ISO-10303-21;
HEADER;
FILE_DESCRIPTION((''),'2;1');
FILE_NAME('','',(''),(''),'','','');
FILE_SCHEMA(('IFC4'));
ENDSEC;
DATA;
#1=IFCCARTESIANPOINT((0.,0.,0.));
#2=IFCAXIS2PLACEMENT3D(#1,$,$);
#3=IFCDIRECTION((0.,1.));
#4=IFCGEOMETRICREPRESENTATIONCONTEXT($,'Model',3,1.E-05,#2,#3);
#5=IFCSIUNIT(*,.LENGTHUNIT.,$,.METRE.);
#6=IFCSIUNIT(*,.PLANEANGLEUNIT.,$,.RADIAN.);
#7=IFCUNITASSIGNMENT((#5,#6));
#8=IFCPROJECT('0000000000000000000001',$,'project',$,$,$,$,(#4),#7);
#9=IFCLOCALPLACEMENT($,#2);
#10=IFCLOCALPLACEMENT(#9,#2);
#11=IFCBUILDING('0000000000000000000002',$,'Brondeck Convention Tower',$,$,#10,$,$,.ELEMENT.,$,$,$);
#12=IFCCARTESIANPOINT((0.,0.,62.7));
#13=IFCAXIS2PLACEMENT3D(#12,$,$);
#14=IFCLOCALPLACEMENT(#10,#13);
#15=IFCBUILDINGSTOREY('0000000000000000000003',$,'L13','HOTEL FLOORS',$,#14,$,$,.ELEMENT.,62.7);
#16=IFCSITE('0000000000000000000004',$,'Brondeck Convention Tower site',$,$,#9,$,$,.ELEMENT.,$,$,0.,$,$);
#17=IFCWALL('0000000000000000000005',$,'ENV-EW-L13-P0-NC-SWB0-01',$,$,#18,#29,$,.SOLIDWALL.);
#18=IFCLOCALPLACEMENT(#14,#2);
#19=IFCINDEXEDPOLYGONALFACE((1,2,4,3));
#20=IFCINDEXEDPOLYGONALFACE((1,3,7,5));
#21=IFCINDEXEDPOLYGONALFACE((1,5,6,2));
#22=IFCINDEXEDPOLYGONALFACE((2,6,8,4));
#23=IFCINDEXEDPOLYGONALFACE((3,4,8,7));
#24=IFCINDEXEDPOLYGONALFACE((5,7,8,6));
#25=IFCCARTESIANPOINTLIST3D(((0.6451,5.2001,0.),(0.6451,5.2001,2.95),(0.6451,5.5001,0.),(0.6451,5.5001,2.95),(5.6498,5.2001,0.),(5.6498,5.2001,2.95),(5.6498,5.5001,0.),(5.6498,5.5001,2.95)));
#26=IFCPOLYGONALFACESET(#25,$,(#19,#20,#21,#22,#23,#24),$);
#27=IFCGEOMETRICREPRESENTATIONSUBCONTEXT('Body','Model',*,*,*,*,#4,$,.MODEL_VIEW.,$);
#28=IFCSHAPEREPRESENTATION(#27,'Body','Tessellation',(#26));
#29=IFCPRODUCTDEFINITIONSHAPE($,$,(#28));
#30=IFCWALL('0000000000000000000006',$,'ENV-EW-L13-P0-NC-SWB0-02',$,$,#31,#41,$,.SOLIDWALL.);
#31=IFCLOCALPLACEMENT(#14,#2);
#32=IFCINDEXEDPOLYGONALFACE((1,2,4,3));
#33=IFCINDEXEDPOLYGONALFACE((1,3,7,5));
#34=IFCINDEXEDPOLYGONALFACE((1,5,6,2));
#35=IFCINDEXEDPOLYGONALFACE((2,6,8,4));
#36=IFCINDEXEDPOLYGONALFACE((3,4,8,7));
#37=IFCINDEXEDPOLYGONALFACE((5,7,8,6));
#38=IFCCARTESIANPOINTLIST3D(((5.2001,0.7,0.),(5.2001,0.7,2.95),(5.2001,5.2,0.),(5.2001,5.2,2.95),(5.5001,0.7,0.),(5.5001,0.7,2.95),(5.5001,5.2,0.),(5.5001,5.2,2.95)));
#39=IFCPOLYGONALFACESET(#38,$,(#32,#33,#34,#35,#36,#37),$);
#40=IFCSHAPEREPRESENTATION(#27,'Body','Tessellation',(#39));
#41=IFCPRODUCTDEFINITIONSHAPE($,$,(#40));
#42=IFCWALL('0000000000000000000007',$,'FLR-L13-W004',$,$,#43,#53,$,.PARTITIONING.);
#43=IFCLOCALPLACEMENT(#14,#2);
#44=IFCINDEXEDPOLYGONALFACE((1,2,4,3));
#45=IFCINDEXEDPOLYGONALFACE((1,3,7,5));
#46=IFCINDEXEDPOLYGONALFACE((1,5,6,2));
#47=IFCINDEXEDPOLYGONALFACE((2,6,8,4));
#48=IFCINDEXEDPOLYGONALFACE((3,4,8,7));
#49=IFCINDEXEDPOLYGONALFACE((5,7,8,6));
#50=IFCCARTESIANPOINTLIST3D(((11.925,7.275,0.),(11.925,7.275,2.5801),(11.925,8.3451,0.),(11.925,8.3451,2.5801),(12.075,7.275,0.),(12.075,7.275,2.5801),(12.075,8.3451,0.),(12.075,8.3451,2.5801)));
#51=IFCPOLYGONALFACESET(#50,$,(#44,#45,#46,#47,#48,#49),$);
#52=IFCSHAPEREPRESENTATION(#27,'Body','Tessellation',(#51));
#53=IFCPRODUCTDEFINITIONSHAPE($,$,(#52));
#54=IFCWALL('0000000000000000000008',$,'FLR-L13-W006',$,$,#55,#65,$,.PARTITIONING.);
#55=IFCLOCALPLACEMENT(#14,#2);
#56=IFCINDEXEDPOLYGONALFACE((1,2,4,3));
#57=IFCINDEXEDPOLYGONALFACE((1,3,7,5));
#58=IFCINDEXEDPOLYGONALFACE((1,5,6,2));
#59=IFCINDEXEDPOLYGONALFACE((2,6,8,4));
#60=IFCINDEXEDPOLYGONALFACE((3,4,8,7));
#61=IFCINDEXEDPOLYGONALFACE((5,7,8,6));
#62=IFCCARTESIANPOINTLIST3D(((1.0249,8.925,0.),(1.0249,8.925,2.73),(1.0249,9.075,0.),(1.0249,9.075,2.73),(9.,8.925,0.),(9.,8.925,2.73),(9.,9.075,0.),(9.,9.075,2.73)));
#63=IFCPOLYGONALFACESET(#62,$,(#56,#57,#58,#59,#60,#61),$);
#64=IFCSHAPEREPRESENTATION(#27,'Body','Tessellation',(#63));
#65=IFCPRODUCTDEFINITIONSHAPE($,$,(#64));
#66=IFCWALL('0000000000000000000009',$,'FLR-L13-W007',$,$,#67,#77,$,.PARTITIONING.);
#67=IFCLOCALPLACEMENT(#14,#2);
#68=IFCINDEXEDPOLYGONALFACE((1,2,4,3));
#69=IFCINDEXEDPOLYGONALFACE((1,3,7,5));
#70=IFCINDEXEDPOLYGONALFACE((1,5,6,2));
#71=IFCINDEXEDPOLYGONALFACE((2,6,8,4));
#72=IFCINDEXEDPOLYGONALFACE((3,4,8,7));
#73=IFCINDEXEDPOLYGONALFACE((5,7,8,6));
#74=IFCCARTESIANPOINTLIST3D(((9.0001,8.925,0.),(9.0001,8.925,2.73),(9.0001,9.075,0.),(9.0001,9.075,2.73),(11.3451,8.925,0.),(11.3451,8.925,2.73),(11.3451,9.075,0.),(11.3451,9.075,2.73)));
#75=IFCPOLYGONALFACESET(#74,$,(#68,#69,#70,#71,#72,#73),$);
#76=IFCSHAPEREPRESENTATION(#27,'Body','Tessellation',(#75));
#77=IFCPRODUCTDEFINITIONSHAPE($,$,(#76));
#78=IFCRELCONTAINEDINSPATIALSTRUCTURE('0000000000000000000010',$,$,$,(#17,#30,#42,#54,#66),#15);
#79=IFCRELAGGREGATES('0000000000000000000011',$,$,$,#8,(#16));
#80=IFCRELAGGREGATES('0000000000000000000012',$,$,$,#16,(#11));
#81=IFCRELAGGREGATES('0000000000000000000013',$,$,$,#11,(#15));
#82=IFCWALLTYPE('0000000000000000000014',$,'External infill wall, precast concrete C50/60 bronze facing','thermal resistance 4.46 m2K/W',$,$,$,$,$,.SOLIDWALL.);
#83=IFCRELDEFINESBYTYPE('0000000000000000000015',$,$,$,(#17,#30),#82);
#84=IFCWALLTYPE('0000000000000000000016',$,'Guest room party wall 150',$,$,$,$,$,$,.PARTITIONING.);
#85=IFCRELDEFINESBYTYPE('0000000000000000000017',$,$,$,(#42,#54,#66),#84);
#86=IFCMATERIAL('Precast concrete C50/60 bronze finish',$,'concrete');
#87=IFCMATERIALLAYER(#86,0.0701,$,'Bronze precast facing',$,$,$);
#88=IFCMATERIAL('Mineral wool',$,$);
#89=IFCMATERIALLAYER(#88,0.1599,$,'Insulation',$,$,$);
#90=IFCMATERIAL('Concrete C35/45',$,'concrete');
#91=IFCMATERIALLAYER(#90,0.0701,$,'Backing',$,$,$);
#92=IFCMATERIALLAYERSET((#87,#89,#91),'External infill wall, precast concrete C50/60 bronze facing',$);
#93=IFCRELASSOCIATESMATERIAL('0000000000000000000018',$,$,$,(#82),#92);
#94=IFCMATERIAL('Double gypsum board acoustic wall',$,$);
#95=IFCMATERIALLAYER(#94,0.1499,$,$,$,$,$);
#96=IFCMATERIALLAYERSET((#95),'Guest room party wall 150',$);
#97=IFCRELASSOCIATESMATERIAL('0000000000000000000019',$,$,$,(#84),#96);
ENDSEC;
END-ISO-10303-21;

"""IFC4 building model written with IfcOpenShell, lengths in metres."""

from ifc_helpers import new_model, si_unit, direction, frame, frame_2d, origin, place, context, subcontext, project, spatial, rectangle, extrude, material, layer, layer_set, type_object, element, save


model = new_model("IFC4")

# Units and contexts
model_context = context("Model", 3, precision=1e-05, world=origin(), true_north=direction((0.0, 1.0)))
body_context = subcontext(model_context, "Body", "Model", "MODEL_VIEW")
ifc_project = project(units=[si_unit("LENGTHUNIT", "METRE"), si_unit("PLANEANGLEUNIT", "RADIAN")], contexts=[model_context])

# Site, building, storey
site_placement = place(None, origin())
site = spatial("IfcSite", under=ifc_project, at=site_placement, Name="Brondeck Convention Tower site", CompositionType="ELEMENT", RefElevation=0.0)
building_placement = place(site_placement, origin())
building = spatial("IfcBuilding", under=site, at=building_placement, Name="Brondeck Convention Tower", CompositionType="ELEMENT")
storey_placement = place(building_placement, frame((0.0, 0.0, 62.7)))
storey = spatial("IfcBuildingStorey", under=building, at=storey_placement, Name="L13", Description="HOTEL FLOORS", CompositionType="ELEMENT", Elevation=62.7)

# Shared definitions
ifc_material_1 = material(Name="Concrete C35/45", Category="concrete")

# Shared definitions
ifc_material_2 = material(Name="Precast concrete C50/60 bronze finish", Category="concrete")
ifc_layer_1 = layer(ifc_material_2, 0.0701, Name="Bronze precast facing")
ifc_material_3 = material(Name="Mineral wool")
ifc_layer_2 = layer(ifc_material_3, 0.1599, Name="Insulation")
ifc_layer_3 = layer(ifc_material_1, 0.0701, Name="Backing")
ifc_layer_set_1 = layer_set([ifc_layer_1, ifc_layer_2, ifc_layer_3], Name="External infill wall, precast concrete C50/60 bronze facing")
wall_type_1 = type_object("IfcWallType", Name="External infill wall, precast concrete C50/60 bronze facing", Description="thermal resistance 4.46 m2K/W", PredefinedType="SOLIDWALL", material=ifc_layer_set_1)

# Walls
wall_1_placement = place(storey_placement, frame((5.6499, 5.3501, 0.0), z_axis=(0.0, 0.0, 1.0), x_axis=(-1.0, 0.0, 0.0)))
element("IfcWall", 1, at=wall_1_placement, inside=storey, type_object=wall_type_1, Name="ENV-EW-L13-P0-NC-SWB0-01", PredefinedType="SOLIDWALL", context=body_context, shape_type="SweptSolid", body=[
    extrude(rectangle(XDim=5.0046, YDim=0.3, at=frame_2d((2.5024, 0.0))), origin(), (0.0, 0.0, 1.0), 2.95),
])
wall_2_placement = place(storey_placement, frame((5.3501, 0.7, 0.0), z_axis=(0.0, 0.0, 1.0), x_axis=(0.0, 1.0, 0.0)))
element("IfcWall", 2, at=wall_2_placement, inside=storey, type_object=wall_type_1, Name="ENV-EW-L13-P0-NC-SWB0-02", PredefinedType="SOLIDWALL", context=body_context, shape_type="SweptSolid", body=[
    extrude(rectangle(XDim=4.5, YDim=0.3, at=frame_2d((2.25, 0.0))), origin(), (0.0, 0.0, 1.0), 2.95),
])
ifc_material_4 = material(Name="Double gypsum board acoustic wall")
ifc_layer_4 = layer(ifc_material_4, 0.1499)
ifc_layer_set_2 = layer_set([ifc_layer_4], Name="Guest room party wall 150")
wall_type_2 = type_object("IfcWallType", Name="Guest room party wall 150", PredefinedType="PARTITIONING", material=ifc_layer_set_2)
wall_3_placement = place(storey_placement, frame((12.0, 7.2749, 0.0), z_axis=(0.0, 0.0, 1.0), x_axis=(0.0, 1.0, 0.0)))
element("IfcWall", 3, at=wall_3_placement, inside=storey, type_object=wall_type_2, Name="FLR-L13-W004", PredefinedType="PARTITIONING", context=body_context, shape_type="SweptSolid", body=[
    extrude(rectangle(XDim=1.0701, YDim=0.1499, at=frame_2d((0.5352, 0.0))), origin(), (0.0, 0.0, 1.0), 2.5801),
])
wall_4_placement = place(storey_placement, frame((9.0, 9.0, 0.0), z_axis=(0.0, 0.0, 1.0), x_axis=(-1.0, 0.0, 0.0)))
element("IfcWall", 4, at=wall_4_placement, inside=storey, type_object=wall_type_2, Name="FLR-L13-W006", PredefinedType="PARTITIONING", context=body_context, shape_type="SweptSolid", body=[
    extrude(rectangle(XDim=7.9751, YDim=0.1499, at=frame_2d((3.9875, 0.0))), origin(), (0.0, 0.0, 1.0), 2.73),
])
wall_5_placement = place(storey_placement, frame((11.345, 9.0, 0.0), z_axis=(0.0, 0.0, 1.0), x_axis=(-1.0, 0.0, 0.0)))
element("IfcWall", 5, at=wall_5_placement, inside=storey, type_object=wall_type_2, Name="FLR-L13-W007", PredefinedType="PARTITIONING", context=body_context, shape_type="SweptSolid", body=[
    extrude(rectangle(XDim=2.345, YDim=0.1499, at=frame_2d((1.1724, 0.0))), origin(), (0.0, 0.0, 1.0), 2.73),
])

save(model, "model.ifc")
